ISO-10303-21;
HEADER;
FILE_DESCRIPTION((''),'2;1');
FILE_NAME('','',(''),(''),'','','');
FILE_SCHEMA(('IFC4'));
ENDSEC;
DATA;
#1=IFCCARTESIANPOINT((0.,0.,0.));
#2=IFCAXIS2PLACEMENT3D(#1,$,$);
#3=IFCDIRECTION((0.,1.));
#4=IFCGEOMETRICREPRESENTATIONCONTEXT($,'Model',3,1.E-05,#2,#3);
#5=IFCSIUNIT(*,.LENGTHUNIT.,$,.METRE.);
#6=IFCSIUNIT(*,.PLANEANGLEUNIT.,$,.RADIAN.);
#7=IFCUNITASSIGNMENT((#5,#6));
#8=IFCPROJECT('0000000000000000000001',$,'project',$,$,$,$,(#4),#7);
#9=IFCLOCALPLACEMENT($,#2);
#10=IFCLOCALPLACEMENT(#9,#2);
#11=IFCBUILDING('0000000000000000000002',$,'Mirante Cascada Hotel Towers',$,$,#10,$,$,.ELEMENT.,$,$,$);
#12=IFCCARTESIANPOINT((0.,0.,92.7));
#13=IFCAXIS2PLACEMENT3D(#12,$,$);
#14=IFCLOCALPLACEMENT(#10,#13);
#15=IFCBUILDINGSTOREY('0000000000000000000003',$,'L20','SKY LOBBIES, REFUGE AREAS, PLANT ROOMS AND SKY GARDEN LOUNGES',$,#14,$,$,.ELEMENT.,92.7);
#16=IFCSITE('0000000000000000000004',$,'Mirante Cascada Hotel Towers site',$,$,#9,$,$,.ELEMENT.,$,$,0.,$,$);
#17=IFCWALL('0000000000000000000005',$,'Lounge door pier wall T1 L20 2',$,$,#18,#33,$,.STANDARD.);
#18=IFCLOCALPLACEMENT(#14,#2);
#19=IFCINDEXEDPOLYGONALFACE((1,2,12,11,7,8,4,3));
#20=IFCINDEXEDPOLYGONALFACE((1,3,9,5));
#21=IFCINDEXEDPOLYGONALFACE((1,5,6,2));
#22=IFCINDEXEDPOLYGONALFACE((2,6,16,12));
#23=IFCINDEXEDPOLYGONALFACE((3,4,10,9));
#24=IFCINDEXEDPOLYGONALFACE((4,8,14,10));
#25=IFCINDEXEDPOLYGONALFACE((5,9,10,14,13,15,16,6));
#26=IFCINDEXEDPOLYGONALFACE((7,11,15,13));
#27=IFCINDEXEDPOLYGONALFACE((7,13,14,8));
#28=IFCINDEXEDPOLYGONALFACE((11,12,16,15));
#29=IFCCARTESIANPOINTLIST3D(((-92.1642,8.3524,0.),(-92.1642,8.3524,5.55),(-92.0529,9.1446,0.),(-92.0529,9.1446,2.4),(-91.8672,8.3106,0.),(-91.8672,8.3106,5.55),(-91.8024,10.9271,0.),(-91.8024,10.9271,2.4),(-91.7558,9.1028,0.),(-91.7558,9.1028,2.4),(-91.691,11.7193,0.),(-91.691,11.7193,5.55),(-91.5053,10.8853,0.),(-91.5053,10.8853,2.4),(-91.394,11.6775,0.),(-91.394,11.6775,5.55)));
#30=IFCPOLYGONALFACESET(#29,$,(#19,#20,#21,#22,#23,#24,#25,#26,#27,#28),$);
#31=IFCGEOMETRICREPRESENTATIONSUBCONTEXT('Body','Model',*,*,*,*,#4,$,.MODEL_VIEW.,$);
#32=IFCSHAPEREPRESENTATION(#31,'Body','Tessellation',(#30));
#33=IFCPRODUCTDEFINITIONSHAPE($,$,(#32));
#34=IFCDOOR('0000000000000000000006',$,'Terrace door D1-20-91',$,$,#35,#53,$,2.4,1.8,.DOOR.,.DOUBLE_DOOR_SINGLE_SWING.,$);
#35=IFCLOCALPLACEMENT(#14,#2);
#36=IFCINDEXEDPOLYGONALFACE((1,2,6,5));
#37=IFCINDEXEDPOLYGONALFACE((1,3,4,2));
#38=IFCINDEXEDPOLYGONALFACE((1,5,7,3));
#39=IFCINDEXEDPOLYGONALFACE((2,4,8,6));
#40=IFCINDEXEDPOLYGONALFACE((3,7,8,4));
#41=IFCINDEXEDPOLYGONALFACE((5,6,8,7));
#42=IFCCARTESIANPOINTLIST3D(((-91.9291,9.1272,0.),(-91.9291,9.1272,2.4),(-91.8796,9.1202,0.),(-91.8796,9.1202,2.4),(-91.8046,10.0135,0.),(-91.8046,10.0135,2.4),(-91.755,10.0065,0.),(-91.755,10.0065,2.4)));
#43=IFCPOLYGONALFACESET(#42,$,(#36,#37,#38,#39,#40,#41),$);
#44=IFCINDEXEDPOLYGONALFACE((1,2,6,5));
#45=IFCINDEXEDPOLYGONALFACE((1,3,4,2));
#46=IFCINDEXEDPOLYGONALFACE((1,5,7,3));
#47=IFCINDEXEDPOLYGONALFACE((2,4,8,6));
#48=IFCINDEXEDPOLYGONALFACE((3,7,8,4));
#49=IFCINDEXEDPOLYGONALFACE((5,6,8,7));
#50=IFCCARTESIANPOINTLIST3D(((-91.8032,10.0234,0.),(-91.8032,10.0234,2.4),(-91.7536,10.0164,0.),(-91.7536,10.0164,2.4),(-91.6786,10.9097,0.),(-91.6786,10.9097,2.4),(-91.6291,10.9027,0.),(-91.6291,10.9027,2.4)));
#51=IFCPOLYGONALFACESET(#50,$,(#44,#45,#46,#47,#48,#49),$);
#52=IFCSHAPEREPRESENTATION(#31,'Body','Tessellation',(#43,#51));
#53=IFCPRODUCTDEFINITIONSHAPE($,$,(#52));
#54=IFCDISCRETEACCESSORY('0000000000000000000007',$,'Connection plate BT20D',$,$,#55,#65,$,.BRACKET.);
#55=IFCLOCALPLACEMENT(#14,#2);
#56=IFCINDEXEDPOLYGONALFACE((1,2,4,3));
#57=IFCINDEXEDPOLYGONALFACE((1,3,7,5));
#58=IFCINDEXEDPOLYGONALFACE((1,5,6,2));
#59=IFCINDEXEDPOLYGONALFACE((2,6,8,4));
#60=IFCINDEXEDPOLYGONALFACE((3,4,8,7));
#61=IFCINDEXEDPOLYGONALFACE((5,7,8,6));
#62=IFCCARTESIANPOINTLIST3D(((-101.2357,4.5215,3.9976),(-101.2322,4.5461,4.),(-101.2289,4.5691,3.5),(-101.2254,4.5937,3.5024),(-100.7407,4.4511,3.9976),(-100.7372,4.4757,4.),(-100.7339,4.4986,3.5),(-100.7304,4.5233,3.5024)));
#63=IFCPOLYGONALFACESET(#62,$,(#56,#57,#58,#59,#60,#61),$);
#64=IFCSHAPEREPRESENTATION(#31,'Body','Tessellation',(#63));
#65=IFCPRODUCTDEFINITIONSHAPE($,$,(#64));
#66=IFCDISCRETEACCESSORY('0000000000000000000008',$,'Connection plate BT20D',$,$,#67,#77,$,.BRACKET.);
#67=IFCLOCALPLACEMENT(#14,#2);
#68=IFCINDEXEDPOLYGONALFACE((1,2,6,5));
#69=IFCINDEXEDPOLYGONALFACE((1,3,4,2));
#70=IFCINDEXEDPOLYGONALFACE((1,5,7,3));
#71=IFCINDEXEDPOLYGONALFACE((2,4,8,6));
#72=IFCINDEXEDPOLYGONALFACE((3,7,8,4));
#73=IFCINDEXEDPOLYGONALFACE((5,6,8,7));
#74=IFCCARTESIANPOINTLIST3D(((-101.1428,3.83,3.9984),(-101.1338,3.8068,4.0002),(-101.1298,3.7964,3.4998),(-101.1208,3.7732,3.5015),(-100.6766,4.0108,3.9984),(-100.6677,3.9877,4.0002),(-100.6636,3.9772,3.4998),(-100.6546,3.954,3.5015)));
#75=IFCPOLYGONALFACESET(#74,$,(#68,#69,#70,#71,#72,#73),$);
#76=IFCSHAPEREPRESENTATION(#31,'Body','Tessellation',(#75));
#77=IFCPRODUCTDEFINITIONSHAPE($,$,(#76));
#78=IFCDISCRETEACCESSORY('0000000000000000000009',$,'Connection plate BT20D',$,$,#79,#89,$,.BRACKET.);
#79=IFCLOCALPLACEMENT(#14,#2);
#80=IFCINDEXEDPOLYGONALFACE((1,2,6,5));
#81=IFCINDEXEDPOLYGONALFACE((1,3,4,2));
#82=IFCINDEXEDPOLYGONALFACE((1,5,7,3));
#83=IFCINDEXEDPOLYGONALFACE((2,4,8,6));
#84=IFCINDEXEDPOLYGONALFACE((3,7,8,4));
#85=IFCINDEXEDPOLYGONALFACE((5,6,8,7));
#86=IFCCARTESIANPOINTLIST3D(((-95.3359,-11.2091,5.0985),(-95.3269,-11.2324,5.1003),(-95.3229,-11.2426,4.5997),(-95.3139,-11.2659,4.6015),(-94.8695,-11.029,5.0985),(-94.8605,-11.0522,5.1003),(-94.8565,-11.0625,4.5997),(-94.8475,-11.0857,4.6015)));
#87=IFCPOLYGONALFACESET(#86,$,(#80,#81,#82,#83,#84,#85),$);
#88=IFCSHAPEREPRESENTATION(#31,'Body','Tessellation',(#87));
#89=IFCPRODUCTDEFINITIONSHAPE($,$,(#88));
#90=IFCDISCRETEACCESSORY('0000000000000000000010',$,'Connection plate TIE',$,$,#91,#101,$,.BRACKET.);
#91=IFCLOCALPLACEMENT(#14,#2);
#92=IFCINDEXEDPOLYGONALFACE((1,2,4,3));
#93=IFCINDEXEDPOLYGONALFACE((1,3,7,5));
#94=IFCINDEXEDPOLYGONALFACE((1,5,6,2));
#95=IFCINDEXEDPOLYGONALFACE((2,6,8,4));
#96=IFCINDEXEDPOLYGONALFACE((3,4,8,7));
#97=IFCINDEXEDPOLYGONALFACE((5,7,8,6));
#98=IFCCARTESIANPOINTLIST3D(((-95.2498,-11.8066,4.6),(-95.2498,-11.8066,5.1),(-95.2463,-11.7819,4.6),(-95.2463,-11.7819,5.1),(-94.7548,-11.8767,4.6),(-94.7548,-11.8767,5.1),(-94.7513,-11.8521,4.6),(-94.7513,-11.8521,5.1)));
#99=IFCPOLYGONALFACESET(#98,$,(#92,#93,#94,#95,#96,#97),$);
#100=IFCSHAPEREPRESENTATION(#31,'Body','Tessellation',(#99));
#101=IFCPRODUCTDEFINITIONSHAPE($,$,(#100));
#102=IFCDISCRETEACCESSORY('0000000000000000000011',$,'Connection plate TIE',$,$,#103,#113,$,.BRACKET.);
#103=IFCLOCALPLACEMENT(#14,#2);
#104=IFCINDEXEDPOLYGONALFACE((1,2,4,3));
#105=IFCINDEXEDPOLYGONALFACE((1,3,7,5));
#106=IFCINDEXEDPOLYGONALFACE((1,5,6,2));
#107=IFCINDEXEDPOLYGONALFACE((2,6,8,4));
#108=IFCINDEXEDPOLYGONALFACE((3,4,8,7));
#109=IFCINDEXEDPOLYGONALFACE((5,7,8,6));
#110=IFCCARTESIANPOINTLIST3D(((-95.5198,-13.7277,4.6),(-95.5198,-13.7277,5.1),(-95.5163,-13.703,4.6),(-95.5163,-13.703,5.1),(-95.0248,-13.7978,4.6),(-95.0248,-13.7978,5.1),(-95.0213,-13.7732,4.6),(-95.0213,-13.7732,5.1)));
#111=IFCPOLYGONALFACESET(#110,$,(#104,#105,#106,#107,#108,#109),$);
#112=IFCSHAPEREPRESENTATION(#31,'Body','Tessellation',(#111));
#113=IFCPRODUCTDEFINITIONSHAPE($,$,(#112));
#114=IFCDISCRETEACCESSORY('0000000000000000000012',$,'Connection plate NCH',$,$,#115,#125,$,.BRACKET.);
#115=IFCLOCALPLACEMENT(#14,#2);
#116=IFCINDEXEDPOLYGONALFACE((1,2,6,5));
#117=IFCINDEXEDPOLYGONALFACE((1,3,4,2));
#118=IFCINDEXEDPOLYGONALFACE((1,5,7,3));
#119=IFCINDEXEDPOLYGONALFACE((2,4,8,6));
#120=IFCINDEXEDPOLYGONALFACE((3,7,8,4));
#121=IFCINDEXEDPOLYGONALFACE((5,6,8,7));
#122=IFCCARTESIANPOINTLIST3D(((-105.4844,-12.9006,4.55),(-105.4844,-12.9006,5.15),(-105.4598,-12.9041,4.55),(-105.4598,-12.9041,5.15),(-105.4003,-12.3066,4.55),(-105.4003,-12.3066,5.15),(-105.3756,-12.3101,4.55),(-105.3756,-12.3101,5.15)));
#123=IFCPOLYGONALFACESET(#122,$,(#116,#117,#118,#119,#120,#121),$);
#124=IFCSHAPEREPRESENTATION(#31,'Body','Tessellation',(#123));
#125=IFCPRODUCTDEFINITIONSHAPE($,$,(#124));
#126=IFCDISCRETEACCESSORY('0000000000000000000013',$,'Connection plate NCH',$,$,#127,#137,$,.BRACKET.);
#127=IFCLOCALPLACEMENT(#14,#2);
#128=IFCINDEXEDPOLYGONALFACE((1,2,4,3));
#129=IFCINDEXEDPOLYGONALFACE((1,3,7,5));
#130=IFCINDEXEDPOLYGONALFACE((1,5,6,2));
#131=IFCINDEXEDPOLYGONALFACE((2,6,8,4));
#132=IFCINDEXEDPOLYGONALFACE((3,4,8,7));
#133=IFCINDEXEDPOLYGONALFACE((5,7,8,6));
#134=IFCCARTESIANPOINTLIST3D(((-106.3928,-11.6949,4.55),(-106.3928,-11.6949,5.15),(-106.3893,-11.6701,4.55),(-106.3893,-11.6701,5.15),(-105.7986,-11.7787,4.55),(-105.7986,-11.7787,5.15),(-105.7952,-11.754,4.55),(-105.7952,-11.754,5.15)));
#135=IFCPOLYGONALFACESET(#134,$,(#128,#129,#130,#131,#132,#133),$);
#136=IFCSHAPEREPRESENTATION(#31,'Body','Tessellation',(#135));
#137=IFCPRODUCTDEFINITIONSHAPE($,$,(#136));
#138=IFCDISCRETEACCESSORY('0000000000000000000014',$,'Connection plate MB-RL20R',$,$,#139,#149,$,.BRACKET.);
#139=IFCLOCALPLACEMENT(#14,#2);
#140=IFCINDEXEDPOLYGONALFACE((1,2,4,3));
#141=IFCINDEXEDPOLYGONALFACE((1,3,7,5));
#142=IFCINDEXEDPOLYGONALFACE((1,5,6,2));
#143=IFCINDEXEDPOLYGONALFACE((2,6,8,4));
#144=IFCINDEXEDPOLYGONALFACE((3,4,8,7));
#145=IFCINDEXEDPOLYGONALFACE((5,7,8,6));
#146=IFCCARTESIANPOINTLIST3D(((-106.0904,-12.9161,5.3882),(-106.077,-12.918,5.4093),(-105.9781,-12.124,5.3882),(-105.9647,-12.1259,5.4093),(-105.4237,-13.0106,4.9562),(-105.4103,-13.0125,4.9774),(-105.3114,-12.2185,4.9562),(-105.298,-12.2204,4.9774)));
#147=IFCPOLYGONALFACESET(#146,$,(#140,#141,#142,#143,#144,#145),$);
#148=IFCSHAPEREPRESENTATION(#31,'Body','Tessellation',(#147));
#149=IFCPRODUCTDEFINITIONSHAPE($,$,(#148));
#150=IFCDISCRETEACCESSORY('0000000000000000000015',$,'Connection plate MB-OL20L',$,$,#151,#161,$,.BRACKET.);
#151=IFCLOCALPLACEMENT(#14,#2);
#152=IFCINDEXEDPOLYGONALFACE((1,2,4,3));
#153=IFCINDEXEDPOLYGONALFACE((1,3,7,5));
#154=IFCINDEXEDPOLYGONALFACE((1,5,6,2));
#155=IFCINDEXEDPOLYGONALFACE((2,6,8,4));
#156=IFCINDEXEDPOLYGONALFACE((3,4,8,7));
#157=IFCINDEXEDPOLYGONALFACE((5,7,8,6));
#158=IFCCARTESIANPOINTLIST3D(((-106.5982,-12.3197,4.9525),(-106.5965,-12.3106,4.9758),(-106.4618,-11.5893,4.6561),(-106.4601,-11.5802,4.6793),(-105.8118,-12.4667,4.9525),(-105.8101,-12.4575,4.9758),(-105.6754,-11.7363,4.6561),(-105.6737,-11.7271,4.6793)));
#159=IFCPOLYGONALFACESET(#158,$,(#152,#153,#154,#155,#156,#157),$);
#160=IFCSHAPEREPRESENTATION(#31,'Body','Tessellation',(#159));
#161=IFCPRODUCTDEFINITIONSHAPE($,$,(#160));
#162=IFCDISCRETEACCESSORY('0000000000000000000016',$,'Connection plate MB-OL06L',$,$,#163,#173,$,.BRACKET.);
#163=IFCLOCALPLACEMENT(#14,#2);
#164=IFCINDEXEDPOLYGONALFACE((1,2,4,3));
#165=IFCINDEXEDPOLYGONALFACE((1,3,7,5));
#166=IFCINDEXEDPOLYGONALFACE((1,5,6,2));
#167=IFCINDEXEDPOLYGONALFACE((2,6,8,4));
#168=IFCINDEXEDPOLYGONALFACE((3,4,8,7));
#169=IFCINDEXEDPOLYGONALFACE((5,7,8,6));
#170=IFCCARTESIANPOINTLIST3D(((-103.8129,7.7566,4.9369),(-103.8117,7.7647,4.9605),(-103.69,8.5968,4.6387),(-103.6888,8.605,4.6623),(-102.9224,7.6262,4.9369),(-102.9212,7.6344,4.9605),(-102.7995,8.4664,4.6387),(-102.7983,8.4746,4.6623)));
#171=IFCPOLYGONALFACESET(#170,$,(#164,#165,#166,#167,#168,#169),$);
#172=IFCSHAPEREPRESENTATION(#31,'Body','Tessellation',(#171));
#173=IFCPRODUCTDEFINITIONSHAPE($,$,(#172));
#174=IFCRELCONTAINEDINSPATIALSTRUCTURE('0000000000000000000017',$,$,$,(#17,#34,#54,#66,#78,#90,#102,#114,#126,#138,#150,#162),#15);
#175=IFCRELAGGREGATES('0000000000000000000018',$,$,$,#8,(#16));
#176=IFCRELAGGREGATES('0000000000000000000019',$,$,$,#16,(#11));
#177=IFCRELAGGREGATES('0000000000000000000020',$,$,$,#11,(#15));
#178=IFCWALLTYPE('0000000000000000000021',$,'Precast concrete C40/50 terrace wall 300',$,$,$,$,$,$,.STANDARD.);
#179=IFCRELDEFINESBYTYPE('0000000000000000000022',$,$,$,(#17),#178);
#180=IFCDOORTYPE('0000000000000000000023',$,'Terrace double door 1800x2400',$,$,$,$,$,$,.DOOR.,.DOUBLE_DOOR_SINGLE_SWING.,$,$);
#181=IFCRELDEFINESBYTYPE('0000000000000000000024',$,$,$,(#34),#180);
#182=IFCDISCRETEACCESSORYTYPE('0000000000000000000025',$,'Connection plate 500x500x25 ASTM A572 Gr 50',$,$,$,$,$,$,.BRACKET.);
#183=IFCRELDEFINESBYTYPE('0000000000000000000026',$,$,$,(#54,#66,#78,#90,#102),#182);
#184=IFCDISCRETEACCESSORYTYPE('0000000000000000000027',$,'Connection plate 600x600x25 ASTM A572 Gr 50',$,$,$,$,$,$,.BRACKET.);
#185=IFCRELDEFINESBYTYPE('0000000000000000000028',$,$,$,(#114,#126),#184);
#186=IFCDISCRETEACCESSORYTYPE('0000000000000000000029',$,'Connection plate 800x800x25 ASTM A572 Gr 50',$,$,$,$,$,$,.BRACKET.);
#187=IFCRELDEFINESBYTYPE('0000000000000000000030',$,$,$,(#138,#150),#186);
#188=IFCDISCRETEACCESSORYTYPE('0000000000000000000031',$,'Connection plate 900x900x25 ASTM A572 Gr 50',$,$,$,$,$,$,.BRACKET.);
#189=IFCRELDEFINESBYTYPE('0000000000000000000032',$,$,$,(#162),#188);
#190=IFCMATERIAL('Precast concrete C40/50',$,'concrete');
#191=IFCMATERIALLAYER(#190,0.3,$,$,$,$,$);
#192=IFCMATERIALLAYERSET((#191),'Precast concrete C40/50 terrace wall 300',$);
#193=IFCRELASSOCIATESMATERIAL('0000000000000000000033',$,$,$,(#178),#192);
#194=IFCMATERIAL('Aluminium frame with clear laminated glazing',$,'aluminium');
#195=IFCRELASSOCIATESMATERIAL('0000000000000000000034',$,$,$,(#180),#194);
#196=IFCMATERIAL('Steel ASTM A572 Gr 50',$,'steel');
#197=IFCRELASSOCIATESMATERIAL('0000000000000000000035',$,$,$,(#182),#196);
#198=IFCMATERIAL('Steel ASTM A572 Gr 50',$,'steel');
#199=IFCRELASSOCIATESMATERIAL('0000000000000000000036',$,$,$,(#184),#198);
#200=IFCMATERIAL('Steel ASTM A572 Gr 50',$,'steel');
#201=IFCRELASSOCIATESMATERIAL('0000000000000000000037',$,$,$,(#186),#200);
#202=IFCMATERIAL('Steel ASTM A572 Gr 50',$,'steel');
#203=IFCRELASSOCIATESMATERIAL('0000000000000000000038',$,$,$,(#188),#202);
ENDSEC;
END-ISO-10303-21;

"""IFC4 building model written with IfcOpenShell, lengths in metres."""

from ifc_helpers import new_model, si_unit, direction, frame, frame_2d, origin, origin_2d, place, context, subcontext, project, spatial, rectangle, extrude, material, layer, layer_set, material_profile, profile_set, type_object, element, fill, save


model = new_model("IFC4")

# Units and contexts
model_context = context("Model", 3, precision=1e-05, world=origin(), true_north=direction((0.0, 1.0)))
body_context = subcontext(model_context, "Body", "Model", "MODEL_VIEW")
ifc_project = project(units=[si_unit("LENGTHUNIT", "METRE"), si_unit("PLANEANGLEUNIT", "RADIAN")], contexts=[model_context])

# Site, building, storey
site_placement = place(None, origin())
site = spatial("IfcSite", under=ifc_project, at=site_placement, Name="Mirante Cascada Hotel Towers site", CompositionType="ELEMENT", RefElevation=0.0)
building_placement = place(site_placement, origin())
building = spatial("IfcBuilding", under=site, at=building_placement, Name="Mirante Cascada Hotel Towers", CompositionType="ELEMENT")
storey_placement = place(building_placement, frame((0.0, 0.0, 92.7)))
storey = spatial("IfcBuildingStorey", under=building, at=storey_placement, Name="L20", Description="SKY LOBBIES, REFUGE AREAS, PLANT ROOMS AND SKY GARDEN LOUNGES", CompositionType="ELEMENT", Elevation=92.7)

# Wall, opening, door
ifc_material_1 = material(Name="Precast concrete C40/50", Category="concrete")
ifc_layer_1 = layer(ifc_material_1, 0.3)
ifc_layer_set_1 = layer_set([ifc_layer_1], Name="Precast concrete C40/50 terrace wall 300")
wall_type_1 = type_object("IfcWallType", Name="Precast concrete C40/50 terrace wall 300", PredefinedType="STANDARD", material=ifc_layer_set_1)
wall_1_placement = place(storey_placement, frame((-92.0157, 8.3315, 0.0), z_axis=(0.0, 0.0, 1.0), x_axis=(0.139177, 0.990267, 0.0)))
wall_1 = element("IfcWall", 1, at=wall_1_placement, inside=storey, type_object=wall_type_1, Name="Lounge door pier wall T1 L20 2", PredefinedType="STANDARD", context=body_context, shape_type="SweptSolid", body=[
    extrude(rectangle(XDim=3.4, YDim=0.3, at=frame_2d((1.7, 0.0))), origin(), (0.0, 0.0, 1.0), 5.55),
])
opening_placement = place(wall_1_placement, frame((0.8, 0.0, 0.0)))
opening = element("IfcOpeningElement", 2, at=opening_placement, cuts=wall_1, PredefinedType="OPENING", context=body_context, shape_type="SweptSolid", body=[
    extrude(rectangle(XDim=1.8, YDim=2.4, at=frame_2d((0.9, 1.2))), frame((0.0, 0.15, 0.0), z_axis=(0.0, -1.0, 0.0), x_axis=(1.0, 0.0, 0.0)), (0.0, 0.0, 1.0), 0.3),
])
ifc_material_2 = material(Name="Aluminium frame with clear laminated glazing", Category="aluminium")
door_type = type_object("IfcDoorType", Name="Terrace double door 1800x2400", OperationType="DOUBLE_DOOR_SINGLE_SWING", PredefinedType="DOOR", material=ifc_material_2)
door_placement = place(opening_placement, origin())
door = element("IfcDoor", 3, at=door_placement, inside=storey, type_object=door_type, Name="Terrace door D1-20-91", OperationType="DOUBLE_DOOR_SINGLE_SWING", OverallHeight=2.4, OverallWidth=1.8, PredefinedType="DOOR", context=body_context, shape_type="SweptSolid", body=[
    extrude(rectangle(XDim=0.895, YDim=2.4, at=frame_2d((0.4475, 1.2))), frame((0.0, 0.025, 0.0), z_axis=(0.0, -1.0, 0.0), x_axis=(1.0, 0.0, 0.0)), (0.0, 0.0, 1.0), 0.05),
    extrude(rectangle(XDim=0.895, YDim=2.4, at=frame_2d((1.3525, 1.2))), frame((0.0, 0.025, 0.0), z_axis=(0.0, -1.0, 0.0), x_axis=(1.0, 0.0, 0.0)), (0.0, 0.0, 1.0), 0.05),
])
fill(opening, door)

# Discrete accessories
ifc_material_3 = material(Name="Steel ASTM A572 Gr 50", Category="steel")
ifc_material_profile_1 = material_profile(ifc_material_3, rectangle(XDim=0.5, YDim=0.5, at=origin_2d()), Name="Connection plate 500x500x25 ASTM A572 Gr 50")
ifc_profile_set_1 = profile_set([ifc_material_profile_1], Name="Steel ASTM A572 Gr 50")
discrete_accessory_type_1 = type_object("IfcDiscreteAccessoryType", Name="Connection plate 500x500x25 ASTM A572 Gr 50", PredefinedType="BRACKET", material=ifc_profile_set_1)
discrete_accessory_1_placement = place(storey_placement, frame((-100.9813, 4.5347, 3.7512), z_axis=(-0.140205, -0.985444, -0.096141), x_axis=(0.99003, -0.140858, 0.0)))
element("IfcDiscreteAccessory", 4, at=discrete_accessory_1_placement, inside=storey, type_object=discrete_accessory_type_1, Name="Connection plate BT20D", PredefinedType="BRACKET", context=body_context, shape_type="SweptSolid", body=[
    extrude(rectangle(XDim=0.5, YDim=0.5, at=origin_2d()), origin(), (0.0, 0.0, 1.0), 0.025),
])
discrete_accessory_2_placement = place(storey_placement, frame((-100.9032, 3.9036, 3.7491), z_axis=(0.360728, -0.929876, 0.072146), x_axis=(0.932306, 0.36167, 0.0)))
element("IfcDiscreteAccessory", 5, at=discrete_accessory_2_placement, inside=storey, type_object=discrete_accessory_type_1, Name="Connection plate BT20D", PredefinedType="BRACKET", context=body_context, shape_type="SweptSolid", body=[
    extrude(rectangle(XDim=0.5, YDim=0.5, at=origin_2d()), origin(), (0.0, 0.0, 1.0), 0.0249),
])
discrete_accessory_3_placement = place(storey_placement, frame((-95.0962, -11.1358, 4.8491), z_axis=(0.359388, -0.930416, 0.071878), x_axis=(0.932829, 0.36032, 0.0)))
element("IfcDiscreteAccessory", 6, at=discrete_accessory_3_placement, inside=storey, type_object=discrete_accessory_type_1, Name="Connection plate BT20D", PredefinedType="BRACKET", context=body_context, shape_type="SweptSolid", body=[
    extrude(rectangle(XDim=0.5, YDim=0.5, at=origin_2d()), origin(), (0.0, 0.0, 1.0), 0.025),
])
for number, where, z_axis, x_axis, name in (
    (7, (-94.9988, -11.817, 4.85), (-0.140299, -0.990109, 0.0), (0.990109, -0.140299, 0.0), "Connection plate TIE"),
    (8, (-95.2688, -13.7381, 4.85), (-0.140299, -0.990109, 0.0), (0.990109, -0.140299, 0.0), "Connection plate TIE"),
):
    element("IfcDiscreteAccessory", number, at=place(storey_placement, frame(where, z_axis=z_axis, x_axis=x_axis)), inside=storey, type_object=discrete_accessory_type_1, Name=name, PredefinedType="BRACKET", context=body_context, shape_type="SweptSolid", body=[
        extrude(rectangle(XDim=0.5, YDim=0.5, at=origin_2d()), origin(), (0.0, 0.0, 1.0), 0.0249),
    ])
ifc_material_4 = material(Name="Steel ASTM A572 Gr 50", Category="steel")
ifc_material_profile_2 = material_profile(ifc_material_4, rectangle(XDim=0.6, YDim=0.6, at=origin_2d()), Name="Connection plate 600x600x25 ASTM A572 Gr 50")
ifc_profile_set_2 = profile_set([ifc_material_profile_2], Name="Steel ASTM A572 Gr 50")
discrete_accessory_type_2 = type_object("IfcDiscreteAccessoryType", Name="Connection plate 600x600x25 ASTM A572 Gr 50", PredefinedType="BRACKET", material=ifc_profile_set_2)
discrete_accessory_4_placement = place(storey_placement, frame((-105.4177, -12.6071, 4.85), z_axis=(-0.990109, 0.140299, 0.0), x_axis=(-0.140299, -0.990109, 0.0)))
element("IfcDiscreteAccessory", 9, at=discrete_accessory_4_placement, inside=storey, type_object=discrete_accessory_type_2, Name="Connection plate NCH", PredefinedType="BRACKET", context=body_context, shape_type="SweptSolid", body=[
    extrude(rectangle(XDim=0.6, YDim=0.6, at=origin_2d()), origin(), (0.0, 0.0, 1.0), 0.0249),
])
discrete_accessory_5_placement = place(storey_placement, frame((-106.0957, -11.7368, 4.85), z_axis=(0.139744, 0.990188, 0.0), x_axis=(-0.990188, 0.139744, 0.0)))
element("IfcDiscreteAccessory", 10, at=discrete_accessory_5_placement, inside=storey, type_object=discrete_accessory_type_2, Name="Connection plate NCH", PredefinedType="BRACKET", context=body_context, shape_type="SweptSolid", body=[
    extrude(rectangle(XDim=0.6, YDim=0.6, at=origin_2d()), origin(), (0.0, 0.0, 1.0), 0.025),
])
ifc_material_5 = material(Name="Steel ASTM A572 Gr 50", Category="steel")
ifc_material_profile_3 = material_profile(ifc_material_5, rectangle(XDim=0.8, YDim=0.8, at=origin_2d()), Name="Connection plate 800x800x25 ASTM A572 Gr 50")
ifc_profile_set_3 = profile_set([ifc_material_profile_3], Name="Steel ASTM A572 Gr 50")
discrete_accessory_type_3 = type_object("IfcDiscreteAccessoryType", Name="Connection plate 800x800x25 ASTM A572 Gr 50", PredefinedType="BRACKET", material=ifc_profile_set_3)
discrete_accessory_6_placement = place(storey_placement, frame((-105.7009, -12.5673, 5.1722), z_axis=(0.534556, -0.075795, 0.841727), x_axis=(0.140387, 0.990097, 0.0)))
element("IfcDiscreteAccessory", 11, at=discrete_accessory_6_placement, inside=storey, type_object=discrete_accessory_type_3, Name="Connection plate MB-RL20R", PredefinedType="BRACKET", context=body_context, shape_type="SweptSolid", body=[
    extrude(rectangle(XDim=0.8, YDim=0.8, at=origin_2d()), origin(), (0.0, 0.0, 1.0), 0.0251),
])
discrete_accessory_7_placement = place(storey_placement, frame((-106.1368, -12.028, 4.8043), z_axis=(0.068058, 0.364309, 0.928788), x_axis=(-0.982994, 0.183636, 0.0)))
element("IfcDiscreteAccessory", 12, at=discrete_accessory_7_placement, inside=storey, type_object=discrete_accessory_type_3, Name="Connection plate MB-OL20L", PredefinedType="BRACKET", context=body_context, shape_type="SweptSolid", body=[
    extrude(rectangle(XDim=0.8, YDim=0.8, at=origin_2d()), origin(), (0.0, 0.0, 1.0), 0.025),
])
ifc_material_6 = material(Name="Steel ASTM A572 Gr 50", Category="steel")
ifc_material_profile_4 = material_profile(ifc_material_6, rectangle(XDim=0.9, YDim=0.9, at=origin_2d()), Name="Connection plate 900x900x25 ASTM A572 Gr 50")
ifc_profile_set_4 = profile_set([ifc_material_profile_4], Name="Steel ASTM A572 Gr 50")
discrete_accessory_type_4 = type_object("IfcDiscreteAccessoryType", Name="Connection plate 900x900x25 ASTM A572 Gr 50", PredefinedType="BRACKET", material=ifc_profile_set_4)
for number, where, z_axis, x_axis, name in (
    (13, (-103.3062, 8.1115, 4.7878), (0.047975, 0.327832, 0.943517), (-0.989461, 0.144799, 0.0), "Connection plate MB-OL06L"),
):
    element("IfcDiscreteAccessory", number, at=place(storey_placement, frame(where, z_axis=z_axis, x_axis=x_axis)), inside=storey, type_object=discrete_accessory_type_4, Name=name, PredefinedType="BRACKET", context=body_context, shape_type="SweptSolid", body=[
        extrude(rectangle(XDim=0.9, YDim=0.9, at=origin_2d()), origin(), (0.0, 0.0, 1.0), 0.025),
    ])

save(model, "model.ifc")
